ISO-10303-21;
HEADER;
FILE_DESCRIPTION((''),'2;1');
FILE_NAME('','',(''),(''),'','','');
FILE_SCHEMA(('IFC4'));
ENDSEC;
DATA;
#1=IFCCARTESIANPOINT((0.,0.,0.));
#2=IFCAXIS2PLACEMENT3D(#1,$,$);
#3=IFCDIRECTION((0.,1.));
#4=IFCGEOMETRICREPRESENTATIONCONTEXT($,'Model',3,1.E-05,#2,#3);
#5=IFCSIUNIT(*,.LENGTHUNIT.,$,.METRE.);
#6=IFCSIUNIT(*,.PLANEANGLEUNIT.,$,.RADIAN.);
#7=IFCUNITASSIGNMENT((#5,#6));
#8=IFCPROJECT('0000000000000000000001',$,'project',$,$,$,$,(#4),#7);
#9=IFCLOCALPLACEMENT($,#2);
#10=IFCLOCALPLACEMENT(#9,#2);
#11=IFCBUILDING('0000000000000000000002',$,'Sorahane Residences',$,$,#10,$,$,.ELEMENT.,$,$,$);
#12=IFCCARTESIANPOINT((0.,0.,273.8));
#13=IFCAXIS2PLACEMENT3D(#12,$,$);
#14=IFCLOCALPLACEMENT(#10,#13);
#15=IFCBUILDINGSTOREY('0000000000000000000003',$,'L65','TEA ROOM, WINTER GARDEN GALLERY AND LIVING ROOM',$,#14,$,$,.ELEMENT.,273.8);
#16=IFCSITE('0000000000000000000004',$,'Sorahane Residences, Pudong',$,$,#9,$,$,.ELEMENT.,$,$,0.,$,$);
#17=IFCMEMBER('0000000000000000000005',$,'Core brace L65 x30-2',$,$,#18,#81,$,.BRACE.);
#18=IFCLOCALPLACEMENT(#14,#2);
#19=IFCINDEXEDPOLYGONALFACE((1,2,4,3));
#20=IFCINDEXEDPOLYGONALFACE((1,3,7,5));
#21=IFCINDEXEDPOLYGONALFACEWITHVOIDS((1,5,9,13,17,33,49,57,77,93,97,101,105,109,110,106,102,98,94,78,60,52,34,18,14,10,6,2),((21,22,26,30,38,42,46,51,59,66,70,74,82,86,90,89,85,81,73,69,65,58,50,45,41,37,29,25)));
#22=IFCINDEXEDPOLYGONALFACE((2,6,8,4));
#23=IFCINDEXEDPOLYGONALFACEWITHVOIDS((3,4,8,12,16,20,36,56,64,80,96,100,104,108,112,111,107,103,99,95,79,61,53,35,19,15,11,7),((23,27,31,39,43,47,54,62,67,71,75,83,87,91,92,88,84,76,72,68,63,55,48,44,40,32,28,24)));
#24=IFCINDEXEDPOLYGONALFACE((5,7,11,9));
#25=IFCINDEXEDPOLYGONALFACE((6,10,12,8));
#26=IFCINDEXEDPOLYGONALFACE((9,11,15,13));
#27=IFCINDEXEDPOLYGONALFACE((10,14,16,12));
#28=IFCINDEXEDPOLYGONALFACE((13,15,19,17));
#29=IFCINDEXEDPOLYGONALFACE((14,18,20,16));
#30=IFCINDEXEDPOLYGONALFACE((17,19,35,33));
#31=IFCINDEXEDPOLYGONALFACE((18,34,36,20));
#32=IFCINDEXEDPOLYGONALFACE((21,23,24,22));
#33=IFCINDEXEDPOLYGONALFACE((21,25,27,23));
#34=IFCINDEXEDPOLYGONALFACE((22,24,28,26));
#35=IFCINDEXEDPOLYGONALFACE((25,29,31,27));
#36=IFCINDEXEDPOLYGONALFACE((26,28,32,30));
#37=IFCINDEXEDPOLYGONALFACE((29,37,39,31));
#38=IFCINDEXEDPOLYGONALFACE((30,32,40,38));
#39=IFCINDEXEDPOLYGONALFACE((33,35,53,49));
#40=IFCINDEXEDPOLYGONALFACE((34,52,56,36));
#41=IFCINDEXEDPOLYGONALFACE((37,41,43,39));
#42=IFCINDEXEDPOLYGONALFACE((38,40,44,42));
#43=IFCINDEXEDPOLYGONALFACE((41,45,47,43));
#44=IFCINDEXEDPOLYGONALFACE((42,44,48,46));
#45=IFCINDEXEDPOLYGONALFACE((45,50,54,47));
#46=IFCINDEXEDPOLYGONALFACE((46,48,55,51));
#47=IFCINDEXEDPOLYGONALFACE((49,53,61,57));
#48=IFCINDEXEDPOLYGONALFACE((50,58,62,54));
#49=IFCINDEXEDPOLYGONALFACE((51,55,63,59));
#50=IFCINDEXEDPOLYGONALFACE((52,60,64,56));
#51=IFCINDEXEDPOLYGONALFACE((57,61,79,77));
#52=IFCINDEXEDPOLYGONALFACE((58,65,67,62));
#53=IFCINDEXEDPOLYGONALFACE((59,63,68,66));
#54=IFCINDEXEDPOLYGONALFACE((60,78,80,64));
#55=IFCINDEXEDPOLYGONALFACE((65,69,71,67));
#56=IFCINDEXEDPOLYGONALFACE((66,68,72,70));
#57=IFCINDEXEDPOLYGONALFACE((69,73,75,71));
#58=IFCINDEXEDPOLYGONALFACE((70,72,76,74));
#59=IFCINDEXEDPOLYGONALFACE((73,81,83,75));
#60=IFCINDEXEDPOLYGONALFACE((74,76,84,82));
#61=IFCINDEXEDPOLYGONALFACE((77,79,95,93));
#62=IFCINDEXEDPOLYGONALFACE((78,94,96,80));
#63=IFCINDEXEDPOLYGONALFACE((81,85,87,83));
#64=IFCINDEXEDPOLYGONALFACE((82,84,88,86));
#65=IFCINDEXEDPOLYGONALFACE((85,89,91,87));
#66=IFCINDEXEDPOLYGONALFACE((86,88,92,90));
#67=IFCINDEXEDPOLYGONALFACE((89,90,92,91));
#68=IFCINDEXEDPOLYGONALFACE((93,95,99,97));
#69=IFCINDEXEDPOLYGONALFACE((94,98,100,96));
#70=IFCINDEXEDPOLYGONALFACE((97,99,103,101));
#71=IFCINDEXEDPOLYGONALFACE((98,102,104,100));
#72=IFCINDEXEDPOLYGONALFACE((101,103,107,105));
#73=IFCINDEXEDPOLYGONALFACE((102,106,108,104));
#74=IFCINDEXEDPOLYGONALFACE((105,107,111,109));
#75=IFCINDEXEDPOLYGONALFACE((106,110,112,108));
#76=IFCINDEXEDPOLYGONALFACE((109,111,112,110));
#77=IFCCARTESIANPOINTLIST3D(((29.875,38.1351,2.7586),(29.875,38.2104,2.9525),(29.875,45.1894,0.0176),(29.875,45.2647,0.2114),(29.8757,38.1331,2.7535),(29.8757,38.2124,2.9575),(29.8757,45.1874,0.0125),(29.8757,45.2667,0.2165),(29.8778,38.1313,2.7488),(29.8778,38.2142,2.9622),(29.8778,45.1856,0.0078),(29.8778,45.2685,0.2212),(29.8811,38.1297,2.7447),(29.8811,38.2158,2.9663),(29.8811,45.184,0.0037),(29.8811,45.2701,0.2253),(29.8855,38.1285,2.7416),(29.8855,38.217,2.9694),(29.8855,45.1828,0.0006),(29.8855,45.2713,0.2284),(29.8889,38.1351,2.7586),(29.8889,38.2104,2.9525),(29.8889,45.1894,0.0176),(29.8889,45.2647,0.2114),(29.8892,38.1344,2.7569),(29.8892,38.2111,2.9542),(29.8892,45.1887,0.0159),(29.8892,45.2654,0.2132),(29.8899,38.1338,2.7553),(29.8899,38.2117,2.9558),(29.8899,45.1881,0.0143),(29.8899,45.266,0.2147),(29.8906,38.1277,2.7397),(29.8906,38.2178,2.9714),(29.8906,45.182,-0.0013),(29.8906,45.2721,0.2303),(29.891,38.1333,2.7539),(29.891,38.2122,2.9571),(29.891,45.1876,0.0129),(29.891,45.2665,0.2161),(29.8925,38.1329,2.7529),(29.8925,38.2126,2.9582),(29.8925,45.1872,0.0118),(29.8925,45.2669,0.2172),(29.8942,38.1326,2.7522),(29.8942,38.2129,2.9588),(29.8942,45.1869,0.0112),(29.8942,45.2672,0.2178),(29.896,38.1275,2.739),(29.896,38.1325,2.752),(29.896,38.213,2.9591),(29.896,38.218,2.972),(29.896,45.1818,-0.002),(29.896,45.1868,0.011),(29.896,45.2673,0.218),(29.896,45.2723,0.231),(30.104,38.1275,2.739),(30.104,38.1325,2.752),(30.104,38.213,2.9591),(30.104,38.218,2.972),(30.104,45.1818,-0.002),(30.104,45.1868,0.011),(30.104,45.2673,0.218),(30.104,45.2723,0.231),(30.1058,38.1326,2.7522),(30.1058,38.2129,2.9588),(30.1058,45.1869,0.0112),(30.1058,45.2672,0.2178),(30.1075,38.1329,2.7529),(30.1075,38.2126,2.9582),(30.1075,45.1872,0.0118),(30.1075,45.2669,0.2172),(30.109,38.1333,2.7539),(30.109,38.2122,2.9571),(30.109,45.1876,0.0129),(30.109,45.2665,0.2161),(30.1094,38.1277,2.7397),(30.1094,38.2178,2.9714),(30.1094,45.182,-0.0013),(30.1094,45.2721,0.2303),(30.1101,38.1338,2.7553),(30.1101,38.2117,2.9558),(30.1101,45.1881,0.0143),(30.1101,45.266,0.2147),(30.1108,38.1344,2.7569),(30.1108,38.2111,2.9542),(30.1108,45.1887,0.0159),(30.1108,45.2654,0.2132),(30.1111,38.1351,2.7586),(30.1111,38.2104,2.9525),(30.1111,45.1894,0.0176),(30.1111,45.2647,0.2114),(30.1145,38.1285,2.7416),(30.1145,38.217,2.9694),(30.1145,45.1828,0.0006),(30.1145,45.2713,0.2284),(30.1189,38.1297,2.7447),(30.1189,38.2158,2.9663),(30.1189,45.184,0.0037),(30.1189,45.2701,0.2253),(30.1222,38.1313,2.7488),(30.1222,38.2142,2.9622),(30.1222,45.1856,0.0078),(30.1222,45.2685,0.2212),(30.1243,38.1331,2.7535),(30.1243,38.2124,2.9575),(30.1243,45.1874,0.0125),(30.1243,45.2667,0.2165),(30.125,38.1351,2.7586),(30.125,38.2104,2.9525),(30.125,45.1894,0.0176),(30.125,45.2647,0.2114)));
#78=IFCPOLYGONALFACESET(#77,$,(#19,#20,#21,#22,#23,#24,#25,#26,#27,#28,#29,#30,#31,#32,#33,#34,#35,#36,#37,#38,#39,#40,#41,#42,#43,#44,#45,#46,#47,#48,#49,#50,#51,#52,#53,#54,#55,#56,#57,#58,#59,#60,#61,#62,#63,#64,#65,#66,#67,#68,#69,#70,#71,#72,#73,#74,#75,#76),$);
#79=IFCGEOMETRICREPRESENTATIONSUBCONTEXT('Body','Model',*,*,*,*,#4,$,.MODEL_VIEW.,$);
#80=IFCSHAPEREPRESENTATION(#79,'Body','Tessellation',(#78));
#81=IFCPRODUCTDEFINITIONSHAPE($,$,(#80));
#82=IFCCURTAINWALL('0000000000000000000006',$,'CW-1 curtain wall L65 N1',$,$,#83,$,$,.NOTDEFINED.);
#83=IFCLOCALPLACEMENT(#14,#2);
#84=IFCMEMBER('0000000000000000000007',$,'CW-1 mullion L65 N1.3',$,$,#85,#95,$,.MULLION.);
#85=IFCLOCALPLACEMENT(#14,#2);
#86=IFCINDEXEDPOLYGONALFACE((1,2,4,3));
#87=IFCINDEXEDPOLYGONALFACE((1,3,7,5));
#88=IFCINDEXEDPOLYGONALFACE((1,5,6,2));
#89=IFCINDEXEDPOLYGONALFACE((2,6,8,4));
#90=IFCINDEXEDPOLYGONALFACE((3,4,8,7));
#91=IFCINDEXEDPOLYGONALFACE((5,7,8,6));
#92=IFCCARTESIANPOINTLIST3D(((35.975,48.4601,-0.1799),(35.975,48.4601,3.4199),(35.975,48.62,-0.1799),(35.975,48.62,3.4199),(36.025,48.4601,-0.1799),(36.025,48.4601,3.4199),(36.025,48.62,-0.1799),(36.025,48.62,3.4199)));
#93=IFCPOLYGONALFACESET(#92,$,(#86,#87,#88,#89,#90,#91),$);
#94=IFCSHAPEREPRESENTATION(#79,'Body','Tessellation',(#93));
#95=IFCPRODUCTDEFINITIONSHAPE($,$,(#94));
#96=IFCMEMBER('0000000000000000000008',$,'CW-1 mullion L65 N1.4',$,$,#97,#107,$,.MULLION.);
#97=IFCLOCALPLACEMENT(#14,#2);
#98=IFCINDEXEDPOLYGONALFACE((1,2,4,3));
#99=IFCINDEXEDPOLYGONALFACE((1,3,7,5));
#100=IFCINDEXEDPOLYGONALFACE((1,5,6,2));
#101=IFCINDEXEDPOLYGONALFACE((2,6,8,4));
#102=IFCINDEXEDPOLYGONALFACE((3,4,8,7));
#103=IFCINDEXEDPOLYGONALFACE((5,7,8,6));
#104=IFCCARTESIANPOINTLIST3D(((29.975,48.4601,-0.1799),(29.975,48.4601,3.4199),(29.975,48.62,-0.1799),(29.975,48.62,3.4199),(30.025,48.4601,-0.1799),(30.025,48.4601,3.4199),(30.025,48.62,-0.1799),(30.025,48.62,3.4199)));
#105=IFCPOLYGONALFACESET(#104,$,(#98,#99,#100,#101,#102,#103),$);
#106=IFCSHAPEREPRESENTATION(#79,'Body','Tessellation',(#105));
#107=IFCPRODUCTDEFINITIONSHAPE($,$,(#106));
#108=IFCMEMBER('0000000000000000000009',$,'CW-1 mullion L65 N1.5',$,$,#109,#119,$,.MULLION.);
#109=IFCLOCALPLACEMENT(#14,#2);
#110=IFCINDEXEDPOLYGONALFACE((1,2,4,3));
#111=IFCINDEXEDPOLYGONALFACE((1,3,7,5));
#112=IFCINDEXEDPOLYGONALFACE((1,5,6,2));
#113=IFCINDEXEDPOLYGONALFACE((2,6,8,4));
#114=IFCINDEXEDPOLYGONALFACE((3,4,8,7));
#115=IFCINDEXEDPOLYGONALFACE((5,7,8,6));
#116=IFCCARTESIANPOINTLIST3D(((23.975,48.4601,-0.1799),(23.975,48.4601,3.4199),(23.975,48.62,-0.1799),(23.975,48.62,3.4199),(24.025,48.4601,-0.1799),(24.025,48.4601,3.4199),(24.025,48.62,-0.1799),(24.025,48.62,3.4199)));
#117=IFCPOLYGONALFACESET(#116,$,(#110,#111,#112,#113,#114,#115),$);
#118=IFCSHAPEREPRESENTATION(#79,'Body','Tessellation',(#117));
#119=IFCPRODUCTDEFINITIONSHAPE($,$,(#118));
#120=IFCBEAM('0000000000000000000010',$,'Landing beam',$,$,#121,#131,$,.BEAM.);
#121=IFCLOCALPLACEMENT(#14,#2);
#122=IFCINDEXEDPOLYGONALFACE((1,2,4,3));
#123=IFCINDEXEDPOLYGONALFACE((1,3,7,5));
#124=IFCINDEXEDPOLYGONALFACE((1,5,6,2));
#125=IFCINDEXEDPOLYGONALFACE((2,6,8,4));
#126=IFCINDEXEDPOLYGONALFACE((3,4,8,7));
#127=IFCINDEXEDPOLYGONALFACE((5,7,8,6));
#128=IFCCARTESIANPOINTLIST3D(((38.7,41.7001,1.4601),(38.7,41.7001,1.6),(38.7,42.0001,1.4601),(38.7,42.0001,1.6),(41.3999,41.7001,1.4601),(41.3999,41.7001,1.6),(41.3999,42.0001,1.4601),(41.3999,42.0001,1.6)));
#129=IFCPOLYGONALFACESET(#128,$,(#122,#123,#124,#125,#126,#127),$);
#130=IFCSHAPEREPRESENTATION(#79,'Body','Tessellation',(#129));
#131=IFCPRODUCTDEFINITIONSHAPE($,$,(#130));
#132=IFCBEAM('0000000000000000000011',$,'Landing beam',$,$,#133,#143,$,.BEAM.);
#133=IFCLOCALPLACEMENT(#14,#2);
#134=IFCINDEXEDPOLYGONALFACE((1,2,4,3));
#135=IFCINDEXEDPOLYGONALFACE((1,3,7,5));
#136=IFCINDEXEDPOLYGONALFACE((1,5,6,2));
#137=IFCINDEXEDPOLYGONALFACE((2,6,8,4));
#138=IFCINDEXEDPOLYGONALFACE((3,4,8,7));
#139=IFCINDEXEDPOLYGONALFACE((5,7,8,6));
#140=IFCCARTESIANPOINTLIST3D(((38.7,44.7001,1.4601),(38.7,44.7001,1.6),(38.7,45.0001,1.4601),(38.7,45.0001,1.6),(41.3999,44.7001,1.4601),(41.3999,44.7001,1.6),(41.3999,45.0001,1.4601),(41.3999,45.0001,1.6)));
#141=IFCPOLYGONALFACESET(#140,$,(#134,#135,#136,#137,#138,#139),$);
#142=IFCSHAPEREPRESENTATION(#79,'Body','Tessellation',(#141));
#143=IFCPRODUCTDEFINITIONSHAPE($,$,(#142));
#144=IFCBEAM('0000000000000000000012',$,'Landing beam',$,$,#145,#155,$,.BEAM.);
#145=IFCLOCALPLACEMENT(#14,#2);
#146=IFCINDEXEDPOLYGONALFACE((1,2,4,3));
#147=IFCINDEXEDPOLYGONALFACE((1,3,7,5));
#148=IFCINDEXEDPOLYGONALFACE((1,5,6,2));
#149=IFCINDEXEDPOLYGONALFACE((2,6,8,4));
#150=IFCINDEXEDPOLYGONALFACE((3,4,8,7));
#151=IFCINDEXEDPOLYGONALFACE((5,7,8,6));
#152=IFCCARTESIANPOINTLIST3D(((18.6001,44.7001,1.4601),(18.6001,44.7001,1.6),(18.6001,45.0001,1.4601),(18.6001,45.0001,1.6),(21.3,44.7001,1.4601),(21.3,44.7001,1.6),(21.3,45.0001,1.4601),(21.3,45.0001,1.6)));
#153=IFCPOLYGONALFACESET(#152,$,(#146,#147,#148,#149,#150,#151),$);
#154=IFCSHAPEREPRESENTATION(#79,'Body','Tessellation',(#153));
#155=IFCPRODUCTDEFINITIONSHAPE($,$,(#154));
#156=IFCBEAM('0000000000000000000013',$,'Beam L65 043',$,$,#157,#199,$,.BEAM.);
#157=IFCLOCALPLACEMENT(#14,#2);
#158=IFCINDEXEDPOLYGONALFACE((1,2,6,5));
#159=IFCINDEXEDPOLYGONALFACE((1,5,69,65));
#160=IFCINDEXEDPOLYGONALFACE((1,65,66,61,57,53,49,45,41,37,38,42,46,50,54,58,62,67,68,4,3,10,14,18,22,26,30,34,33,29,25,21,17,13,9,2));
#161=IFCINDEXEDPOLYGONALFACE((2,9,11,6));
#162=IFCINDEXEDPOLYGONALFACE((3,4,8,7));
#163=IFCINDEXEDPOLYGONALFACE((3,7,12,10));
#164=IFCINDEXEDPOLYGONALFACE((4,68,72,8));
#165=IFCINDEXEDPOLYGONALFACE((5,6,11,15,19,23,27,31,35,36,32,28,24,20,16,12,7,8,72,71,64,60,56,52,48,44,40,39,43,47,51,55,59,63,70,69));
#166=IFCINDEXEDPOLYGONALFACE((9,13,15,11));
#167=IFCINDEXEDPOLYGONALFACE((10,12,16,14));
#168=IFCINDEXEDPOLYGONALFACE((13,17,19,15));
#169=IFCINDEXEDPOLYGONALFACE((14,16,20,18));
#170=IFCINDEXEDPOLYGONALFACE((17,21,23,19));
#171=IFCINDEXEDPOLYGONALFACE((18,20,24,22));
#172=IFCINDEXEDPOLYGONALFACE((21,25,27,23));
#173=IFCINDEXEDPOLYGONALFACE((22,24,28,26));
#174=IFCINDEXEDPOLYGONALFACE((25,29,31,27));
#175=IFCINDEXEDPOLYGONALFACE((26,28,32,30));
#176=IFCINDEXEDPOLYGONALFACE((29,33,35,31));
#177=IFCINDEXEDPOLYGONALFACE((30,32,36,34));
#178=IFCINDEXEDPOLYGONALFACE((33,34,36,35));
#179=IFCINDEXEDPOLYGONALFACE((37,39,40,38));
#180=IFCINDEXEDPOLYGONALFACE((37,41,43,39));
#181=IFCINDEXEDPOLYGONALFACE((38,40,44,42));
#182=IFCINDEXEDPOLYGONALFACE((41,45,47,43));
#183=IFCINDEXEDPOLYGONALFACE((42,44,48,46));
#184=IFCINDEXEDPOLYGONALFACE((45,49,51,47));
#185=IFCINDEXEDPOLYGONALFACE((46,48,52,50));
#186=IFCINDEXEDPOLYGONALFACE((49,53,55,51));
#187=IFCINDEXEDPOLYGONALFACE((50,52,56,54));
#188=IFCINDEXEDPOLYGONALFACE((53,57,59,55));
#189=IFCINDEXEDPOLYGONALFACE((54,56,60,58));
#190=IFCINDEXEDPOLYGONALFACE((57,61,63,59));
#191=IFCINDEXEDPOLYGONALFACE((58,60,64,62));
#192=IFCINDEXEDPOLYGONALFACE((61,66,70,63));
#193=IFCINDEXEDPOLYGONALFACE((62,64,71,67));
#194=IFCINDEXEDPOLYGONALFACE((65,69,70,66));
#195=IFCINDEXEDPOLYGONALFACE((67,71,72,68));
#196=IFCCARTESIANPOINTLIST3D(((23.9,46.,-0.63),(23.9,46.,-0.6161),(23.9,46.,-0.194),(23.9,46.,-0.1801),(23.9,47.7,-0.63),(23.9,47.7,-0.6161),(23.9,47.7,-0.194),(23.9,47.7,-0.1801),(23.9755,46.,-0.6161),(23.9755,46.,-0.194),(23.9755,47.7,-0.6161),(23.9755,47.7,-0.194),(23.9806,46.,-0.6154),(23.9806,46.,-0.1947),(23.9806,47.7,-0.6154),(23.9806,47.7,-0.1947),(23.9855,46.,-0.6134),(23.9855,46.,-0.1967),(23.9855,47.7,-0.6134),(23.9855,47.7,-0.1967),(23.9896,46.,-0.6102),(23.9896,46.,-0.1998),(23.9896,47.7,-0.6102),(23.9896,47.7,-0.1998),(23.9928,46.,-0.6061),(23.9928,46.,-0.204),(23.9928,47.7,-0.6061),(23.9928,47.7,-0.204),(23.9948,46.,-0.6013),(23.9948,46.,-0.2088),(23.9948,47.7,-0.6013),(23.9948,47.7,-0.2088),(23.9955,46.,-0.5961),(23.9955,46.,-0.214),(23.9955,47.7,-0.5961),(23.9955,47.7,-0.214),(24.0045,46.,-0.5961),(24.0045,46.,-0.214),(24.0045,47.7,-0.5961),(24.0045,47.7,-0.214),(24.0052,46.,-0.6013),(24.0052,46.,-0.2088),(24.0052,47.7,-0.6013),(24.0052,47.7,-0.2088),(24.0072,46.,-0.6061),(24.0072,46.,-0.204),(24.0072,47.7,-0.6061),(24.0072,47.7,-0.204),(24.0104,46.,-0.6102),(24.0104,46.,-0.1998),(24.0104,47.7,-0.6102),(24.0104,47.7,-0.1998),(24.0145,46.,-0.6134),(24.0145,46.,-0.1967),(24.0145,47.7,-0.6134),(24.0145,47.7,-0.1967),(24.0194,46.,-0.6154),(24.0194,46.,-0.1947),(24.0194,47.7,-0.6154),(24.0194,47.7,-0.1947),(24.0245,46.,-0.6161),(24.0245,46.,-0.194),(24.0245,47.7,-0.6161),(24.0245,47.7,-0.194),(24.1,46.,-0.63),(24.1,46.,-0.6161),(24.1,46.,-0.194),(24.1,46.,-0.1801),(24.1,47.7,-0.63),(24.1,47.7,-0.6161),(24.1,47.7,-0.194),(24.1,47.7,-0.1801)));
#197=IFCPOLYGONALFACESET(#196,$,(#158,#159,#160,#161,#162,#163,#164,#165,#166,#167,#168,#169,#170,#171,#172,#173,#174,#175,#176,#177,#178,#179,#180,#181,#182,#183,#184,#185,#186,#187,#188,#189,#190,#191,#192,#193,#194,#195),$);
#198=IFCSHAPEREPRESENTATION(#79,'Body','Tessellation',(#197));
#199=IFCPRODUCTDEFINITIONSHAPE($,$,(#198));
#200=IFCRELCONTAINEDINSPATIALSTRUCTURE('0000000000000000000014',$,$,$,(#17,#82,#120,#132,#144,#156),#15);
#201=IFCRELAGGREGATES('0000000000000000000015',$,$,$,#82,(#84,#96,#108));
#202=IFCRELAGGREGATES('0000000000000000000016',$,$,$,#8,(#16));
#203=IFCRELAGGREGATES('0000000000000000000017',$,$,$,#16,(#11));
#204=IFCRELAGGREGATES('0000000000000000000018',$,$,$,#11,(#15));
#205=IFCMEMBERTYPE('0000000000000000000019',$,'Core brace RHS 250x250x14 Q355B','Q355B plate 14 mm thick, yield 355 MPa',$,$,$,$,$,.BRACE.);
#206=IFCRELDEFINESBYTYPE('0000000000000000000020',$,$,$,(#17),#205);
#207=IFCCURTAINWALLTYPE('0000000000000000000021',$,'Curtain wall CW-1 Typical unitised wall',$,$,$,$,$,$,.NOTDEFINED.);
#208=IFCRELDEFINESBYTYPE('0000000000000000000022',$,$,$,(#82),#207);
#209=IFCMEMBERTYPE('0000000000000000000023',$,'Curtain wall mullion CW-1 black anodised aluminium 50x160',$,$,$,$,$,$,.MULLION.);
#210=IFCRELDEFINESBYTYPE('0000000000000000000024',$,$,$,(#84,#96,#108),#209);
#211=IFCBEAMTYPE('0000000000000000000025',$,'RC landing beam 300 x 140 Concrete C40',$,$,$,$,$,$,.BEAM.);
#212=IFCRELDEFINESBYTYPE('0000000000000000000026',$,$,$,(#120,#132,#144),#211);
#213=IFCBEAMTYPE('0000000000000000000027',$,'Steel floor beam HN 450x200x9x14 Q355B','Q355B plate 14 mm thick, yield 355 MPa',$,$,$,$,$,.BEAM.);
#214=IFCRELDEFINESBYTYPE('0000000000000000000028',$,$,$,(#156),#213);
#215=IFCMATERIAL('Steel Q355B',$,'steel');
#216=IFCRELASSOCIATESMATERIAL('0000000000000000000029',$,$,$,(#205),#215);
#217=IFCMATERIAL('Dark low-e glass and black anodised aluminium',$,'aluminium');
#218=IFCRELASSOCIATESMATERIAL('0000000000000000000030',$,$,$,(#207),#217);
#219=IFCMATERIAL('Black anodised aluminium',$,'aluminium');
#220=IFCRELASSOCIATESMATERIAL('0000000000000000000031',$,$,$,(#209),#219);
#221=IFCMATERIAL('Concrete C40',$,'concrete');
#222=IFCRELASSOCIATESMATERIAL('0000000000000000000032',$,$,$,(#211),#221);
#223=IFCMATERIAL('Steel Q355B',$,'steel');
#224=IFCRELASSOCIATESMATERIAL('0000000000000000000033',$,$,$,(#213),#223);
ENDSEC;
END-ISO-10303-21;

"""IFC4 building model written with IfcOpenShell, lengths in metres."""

from ifc_helpers import new_model, si_unit, direction, frame, origin, origin_2d, place, context, subcontext, project, spatial, rectangle, hollow_rectangle, i_section, extrude, material, material_profile, profile_set, type_object, element, aggregate, save


model = new_model("IFC4")

# Units and contexts
model_context = context("Model", 3, precision=1e-05, world=origin(), true_north=direction((0.0, 1.0)))
body_context = subcontext(model_context, "Body", "Model", "MODEL_VIEW")
ifc_project = project(units=[si_unit("LENGTHUNIT", "METRE"), si_unit("PLANEANGLEUNIT", "RADIAN")], contexts=[model_context])

# Site, building, storey
site_placement = place(None, origin())
site = spatial("IfcSite", under=ifc_project, at=site_placement, Name="Sorahane Residences, Pudong", CompositionType="ELEMENT", RefElevation=0.0)
building_placement = place(site_placement, origin())
building = spatial("IfcBuilding", under=site, at=building_placement, Name="Sorahane Residences", CompositionType="ELEMENT")
storey_placement = place(building_placement, frame((0.0, 0.0, 273.8)))
storey = spatial("IfcBuildingStorey", under=building, at=storey_placement, Name="L65", Description="TEA ROOM, WINTER GARDEN GALLERY AND LIVING ROOM", CompositionType="ELEMENT", Elevation=273.8)

# Member
ifc_material_1 = material(Name="Steel Q355B", Category="steel")
ifc_material_profile_1 = material_profile(ifc_material_1, hollow_rectangle(XDim=0.25, YDim=0.25, WallThickness=0.0139, InnerFilletRadius=0.0071, OuterFilletRadius=0.021, at=origin_2d()), Name="RHS 250x250x14")
ifc_profile_set_1 = profile_set([ifc_material_profile_1], Name="Steel Q355B")
member_type_1 = type_object("IfcMemberType", Name="Core brace RHS 250x250x14 Q355B", Description="Q355B plate 14 mm thick, yield 355 MPa", PredefinedType="BRACE", material=ifc_profile_set_1)
member_1_placement = place(storey_placement, frame((30.0, 45.2271, 0.1145), z_axis=(0.0, -0.932109, 0.362178), x_axis=(1.0, 0.0, 0.0)))
element("IfcMember", 1, at=member_1_placement, inside=storey, type_object=member_type_1, Name="Core brace L65 x30-2", PredefinedType="BRACE", context=body_context, shape_type="SweptSolid", body=[
    extrude(hollow_rectangle(XDim=0.25, YDim=0.25, WallThickness=0.0139, InnerFilletRadius=0.0071, OuterFilletRadius=0.021, at=origin_2d()), origin(), (0.0, 0.0, 1.0), 7.5681),
])

# Curtain wall, members
ifc_material_2 = material(Name="Dark low-e glass and black anodised aluminium", Category="aluminium")
curtain_wall_type = type_object("IfcCurtainWallType", Name="Curtain wall CW-1 Typical unitised wall", PredefinedType="NOTDEFINED", material=ifc_material_2)
curtain_wall_placement = place(storey_placement, origin())
curtain_wall = element("IfcCurtainWall", 2, at=curtain_wall_placement, inside=storey, type_object=curtain_wall_type, Name="CW-1 curtain wall L65 N1", PredefinedType="NOTDEFINED")
ifc_material_3 = material(Name="Black anodised aluminium", Category="aluminium")
ifc_material_profile_2 = material_profile(ifc_material_3, rectangle(XDim=0.1599, YDim=0.05, at=origin_2d()), Name="Curtain wall mullion CW-1 black anodised aluminium 50x160")
ifc_profile_set_2 = profile_set([ifc_material_profile_2], Name="Black anodised aluminium")
member_type_2 = type_object("IfcMemberType", Name="Curtain wall mullion CW-1 black anodised aluminium 50x160", PredefinedType="MULLION", material=ifc_profile_set_2)
member_2_placement = place(storey_placement, frame((36.0, 48.54, -0.1799), z_axis=(0.0, 0.0, 1.0), x_axis=(0.0, 1.0, 0.0)))
member_2 = element("IfcMember", 3, at=member_2_placement, type_object=member_type_2, Name="CW-1 mullion L65 N1.3", PredefinedType="MULLION", context=body_context, shape_type="SweptSolid", body=[
    extrude(rectangle(XDim=0.1599, YDim=0.05, at=origin_2d()), origin(), (0.0, 0.0, 1.0), 3.5999),
])
member_3_placement = place(storey_placement, frame((30.0, 48.54, -0.1799), z_axis=(0.0, 0.0, 1.0), x_axis=(0.0, 1.0, 0.0)))
member_3 = element("IfcMember", 4, at=member_3_placement, type_object=member_type_2, Name="CW-1 mullion L65 N1.4", PredefinedType="MULLION", context=body_context, shape_type="SweptSolid", body=[
    extrude(rectangle(XDim=0.1599, YDim=0.05, at=origin_2d()), origin(), (0.0, 0.0, 1.0), 3.5999),
])
member_4_placement = place(storey_placement, frame((24.0, 48.54, -0.1799), z_axis=(0.0, 0.0, 1.0), x_axis=(0.0, 1.0, 0.0)))
member_4 = element("IfcMember", 5, at=member_4_placement, type_object=member_type_2, Name="CW-1 mullion L65 N1.5", PredefinedType="MULLION", context=body_context, shape_type="SweptSolid", body=[
    extrude(rectangle(XDim=0.1599, YDim=0.05, at=origin_2d()), origin(), (0.0, 0.0, 1.0), 3.5999),
])

# Beams
ifc_material_4 = material(Name="Concrete C40", Category="concrete")
ifc_material_profile_3 = material_profile(ifc_material_4, rectangle(XDim=0.3, YDim=0.1399, at=origin_2d()), Name="300x140")
ifc_profile_set_3 = profile_set([ifc_material_profile_3], Name="Concrete C40")
beam_type_1 = type_object("IfcBeamType", Name="RC landing beam 300 x 140 Concrete C40", PredefinedType="BEAM", material=ifc_profile_set_3)
for number, where, z_axis, x_axis, name in (
    (6, (38.7, 41.8501, 1.53), (1.0, 0.0, 0.0), (0.0, 1.0, 0.0), "Landing beam"),
    (7, (38.7, 44.8501, 1.53), (1.0, 0.0, 0.0), (0.0, 1.0, 0.0), "Landing beam"),
    (8, (18.6001, 44.8501, 1.53), (1.0, 0.0, 0.0), (0.0, 1.0, 0.0), "Landing beam"),
):
    element("IfcBeam", number, at=place(storey_placement, frame(where, z_axis=z_axis, x_axis=x_axis)), inside=storey, type_object=beam_type_1, Name=name, PredefinedType="BEAM", context=body_context, shape_type="SweptSolid", body=[
        extrude(rectangle(XDim=0.3, YDim=0.1399, at=origin_2d()), origin(), (0.0, 0.0, 1.0), 2.7),
    ])
ifc_material_5 = material(Name="Steel Q355B", Category="steel")
ifc_material_profile_4 = material_profile(ifc_material_5, i_section(OverallWidth=0.2, OverallDepth=0.45, WebThickness=0.009, FlangeThickness=0.0139, FilletRadius=0.02, at=origin_2d()), Name="HN 450x200x9x14")
ifc_profile_set_4 = profile_set([ifc_material_profile_4], Name="Steel Q355B")
beam_type_2 = type_object("IfcBeamType", Name="Steel floor beam HN 450x200x9x14 Q355B", Description="Q355B plate 14 mm thick, yield 355 MPa", PredefinedType="BEAM", material=ifc_profile_set_4)
beam_1_placement = place(storey_placement, frame((24.0, 46.0, -0.405), z_axis=(0.0, 1.0, 0.0), x_axis=(-1.0, 0.0, 0.0)))
element("IfcBeam", 9, at=beam_1_placement, inside=storey, type_object=beam_type_2, Name="Beam L65 043", PredefinedType="BEAM", context=body_context, shape_type="SweptSolid", body=[
    extrude(i_section(OverallWidth=0.2, OverallDepth=0.45, WebThickness=0.009, FlangeThickness=0.0139, FilletRadius=0.02, at=origin_2d()), origin(), (0.0, 0.0, 1.0), 1.7),
])

aggregate(curtain_wall, [member_2, member_3, member_4])

save(model, "model.ifc")
